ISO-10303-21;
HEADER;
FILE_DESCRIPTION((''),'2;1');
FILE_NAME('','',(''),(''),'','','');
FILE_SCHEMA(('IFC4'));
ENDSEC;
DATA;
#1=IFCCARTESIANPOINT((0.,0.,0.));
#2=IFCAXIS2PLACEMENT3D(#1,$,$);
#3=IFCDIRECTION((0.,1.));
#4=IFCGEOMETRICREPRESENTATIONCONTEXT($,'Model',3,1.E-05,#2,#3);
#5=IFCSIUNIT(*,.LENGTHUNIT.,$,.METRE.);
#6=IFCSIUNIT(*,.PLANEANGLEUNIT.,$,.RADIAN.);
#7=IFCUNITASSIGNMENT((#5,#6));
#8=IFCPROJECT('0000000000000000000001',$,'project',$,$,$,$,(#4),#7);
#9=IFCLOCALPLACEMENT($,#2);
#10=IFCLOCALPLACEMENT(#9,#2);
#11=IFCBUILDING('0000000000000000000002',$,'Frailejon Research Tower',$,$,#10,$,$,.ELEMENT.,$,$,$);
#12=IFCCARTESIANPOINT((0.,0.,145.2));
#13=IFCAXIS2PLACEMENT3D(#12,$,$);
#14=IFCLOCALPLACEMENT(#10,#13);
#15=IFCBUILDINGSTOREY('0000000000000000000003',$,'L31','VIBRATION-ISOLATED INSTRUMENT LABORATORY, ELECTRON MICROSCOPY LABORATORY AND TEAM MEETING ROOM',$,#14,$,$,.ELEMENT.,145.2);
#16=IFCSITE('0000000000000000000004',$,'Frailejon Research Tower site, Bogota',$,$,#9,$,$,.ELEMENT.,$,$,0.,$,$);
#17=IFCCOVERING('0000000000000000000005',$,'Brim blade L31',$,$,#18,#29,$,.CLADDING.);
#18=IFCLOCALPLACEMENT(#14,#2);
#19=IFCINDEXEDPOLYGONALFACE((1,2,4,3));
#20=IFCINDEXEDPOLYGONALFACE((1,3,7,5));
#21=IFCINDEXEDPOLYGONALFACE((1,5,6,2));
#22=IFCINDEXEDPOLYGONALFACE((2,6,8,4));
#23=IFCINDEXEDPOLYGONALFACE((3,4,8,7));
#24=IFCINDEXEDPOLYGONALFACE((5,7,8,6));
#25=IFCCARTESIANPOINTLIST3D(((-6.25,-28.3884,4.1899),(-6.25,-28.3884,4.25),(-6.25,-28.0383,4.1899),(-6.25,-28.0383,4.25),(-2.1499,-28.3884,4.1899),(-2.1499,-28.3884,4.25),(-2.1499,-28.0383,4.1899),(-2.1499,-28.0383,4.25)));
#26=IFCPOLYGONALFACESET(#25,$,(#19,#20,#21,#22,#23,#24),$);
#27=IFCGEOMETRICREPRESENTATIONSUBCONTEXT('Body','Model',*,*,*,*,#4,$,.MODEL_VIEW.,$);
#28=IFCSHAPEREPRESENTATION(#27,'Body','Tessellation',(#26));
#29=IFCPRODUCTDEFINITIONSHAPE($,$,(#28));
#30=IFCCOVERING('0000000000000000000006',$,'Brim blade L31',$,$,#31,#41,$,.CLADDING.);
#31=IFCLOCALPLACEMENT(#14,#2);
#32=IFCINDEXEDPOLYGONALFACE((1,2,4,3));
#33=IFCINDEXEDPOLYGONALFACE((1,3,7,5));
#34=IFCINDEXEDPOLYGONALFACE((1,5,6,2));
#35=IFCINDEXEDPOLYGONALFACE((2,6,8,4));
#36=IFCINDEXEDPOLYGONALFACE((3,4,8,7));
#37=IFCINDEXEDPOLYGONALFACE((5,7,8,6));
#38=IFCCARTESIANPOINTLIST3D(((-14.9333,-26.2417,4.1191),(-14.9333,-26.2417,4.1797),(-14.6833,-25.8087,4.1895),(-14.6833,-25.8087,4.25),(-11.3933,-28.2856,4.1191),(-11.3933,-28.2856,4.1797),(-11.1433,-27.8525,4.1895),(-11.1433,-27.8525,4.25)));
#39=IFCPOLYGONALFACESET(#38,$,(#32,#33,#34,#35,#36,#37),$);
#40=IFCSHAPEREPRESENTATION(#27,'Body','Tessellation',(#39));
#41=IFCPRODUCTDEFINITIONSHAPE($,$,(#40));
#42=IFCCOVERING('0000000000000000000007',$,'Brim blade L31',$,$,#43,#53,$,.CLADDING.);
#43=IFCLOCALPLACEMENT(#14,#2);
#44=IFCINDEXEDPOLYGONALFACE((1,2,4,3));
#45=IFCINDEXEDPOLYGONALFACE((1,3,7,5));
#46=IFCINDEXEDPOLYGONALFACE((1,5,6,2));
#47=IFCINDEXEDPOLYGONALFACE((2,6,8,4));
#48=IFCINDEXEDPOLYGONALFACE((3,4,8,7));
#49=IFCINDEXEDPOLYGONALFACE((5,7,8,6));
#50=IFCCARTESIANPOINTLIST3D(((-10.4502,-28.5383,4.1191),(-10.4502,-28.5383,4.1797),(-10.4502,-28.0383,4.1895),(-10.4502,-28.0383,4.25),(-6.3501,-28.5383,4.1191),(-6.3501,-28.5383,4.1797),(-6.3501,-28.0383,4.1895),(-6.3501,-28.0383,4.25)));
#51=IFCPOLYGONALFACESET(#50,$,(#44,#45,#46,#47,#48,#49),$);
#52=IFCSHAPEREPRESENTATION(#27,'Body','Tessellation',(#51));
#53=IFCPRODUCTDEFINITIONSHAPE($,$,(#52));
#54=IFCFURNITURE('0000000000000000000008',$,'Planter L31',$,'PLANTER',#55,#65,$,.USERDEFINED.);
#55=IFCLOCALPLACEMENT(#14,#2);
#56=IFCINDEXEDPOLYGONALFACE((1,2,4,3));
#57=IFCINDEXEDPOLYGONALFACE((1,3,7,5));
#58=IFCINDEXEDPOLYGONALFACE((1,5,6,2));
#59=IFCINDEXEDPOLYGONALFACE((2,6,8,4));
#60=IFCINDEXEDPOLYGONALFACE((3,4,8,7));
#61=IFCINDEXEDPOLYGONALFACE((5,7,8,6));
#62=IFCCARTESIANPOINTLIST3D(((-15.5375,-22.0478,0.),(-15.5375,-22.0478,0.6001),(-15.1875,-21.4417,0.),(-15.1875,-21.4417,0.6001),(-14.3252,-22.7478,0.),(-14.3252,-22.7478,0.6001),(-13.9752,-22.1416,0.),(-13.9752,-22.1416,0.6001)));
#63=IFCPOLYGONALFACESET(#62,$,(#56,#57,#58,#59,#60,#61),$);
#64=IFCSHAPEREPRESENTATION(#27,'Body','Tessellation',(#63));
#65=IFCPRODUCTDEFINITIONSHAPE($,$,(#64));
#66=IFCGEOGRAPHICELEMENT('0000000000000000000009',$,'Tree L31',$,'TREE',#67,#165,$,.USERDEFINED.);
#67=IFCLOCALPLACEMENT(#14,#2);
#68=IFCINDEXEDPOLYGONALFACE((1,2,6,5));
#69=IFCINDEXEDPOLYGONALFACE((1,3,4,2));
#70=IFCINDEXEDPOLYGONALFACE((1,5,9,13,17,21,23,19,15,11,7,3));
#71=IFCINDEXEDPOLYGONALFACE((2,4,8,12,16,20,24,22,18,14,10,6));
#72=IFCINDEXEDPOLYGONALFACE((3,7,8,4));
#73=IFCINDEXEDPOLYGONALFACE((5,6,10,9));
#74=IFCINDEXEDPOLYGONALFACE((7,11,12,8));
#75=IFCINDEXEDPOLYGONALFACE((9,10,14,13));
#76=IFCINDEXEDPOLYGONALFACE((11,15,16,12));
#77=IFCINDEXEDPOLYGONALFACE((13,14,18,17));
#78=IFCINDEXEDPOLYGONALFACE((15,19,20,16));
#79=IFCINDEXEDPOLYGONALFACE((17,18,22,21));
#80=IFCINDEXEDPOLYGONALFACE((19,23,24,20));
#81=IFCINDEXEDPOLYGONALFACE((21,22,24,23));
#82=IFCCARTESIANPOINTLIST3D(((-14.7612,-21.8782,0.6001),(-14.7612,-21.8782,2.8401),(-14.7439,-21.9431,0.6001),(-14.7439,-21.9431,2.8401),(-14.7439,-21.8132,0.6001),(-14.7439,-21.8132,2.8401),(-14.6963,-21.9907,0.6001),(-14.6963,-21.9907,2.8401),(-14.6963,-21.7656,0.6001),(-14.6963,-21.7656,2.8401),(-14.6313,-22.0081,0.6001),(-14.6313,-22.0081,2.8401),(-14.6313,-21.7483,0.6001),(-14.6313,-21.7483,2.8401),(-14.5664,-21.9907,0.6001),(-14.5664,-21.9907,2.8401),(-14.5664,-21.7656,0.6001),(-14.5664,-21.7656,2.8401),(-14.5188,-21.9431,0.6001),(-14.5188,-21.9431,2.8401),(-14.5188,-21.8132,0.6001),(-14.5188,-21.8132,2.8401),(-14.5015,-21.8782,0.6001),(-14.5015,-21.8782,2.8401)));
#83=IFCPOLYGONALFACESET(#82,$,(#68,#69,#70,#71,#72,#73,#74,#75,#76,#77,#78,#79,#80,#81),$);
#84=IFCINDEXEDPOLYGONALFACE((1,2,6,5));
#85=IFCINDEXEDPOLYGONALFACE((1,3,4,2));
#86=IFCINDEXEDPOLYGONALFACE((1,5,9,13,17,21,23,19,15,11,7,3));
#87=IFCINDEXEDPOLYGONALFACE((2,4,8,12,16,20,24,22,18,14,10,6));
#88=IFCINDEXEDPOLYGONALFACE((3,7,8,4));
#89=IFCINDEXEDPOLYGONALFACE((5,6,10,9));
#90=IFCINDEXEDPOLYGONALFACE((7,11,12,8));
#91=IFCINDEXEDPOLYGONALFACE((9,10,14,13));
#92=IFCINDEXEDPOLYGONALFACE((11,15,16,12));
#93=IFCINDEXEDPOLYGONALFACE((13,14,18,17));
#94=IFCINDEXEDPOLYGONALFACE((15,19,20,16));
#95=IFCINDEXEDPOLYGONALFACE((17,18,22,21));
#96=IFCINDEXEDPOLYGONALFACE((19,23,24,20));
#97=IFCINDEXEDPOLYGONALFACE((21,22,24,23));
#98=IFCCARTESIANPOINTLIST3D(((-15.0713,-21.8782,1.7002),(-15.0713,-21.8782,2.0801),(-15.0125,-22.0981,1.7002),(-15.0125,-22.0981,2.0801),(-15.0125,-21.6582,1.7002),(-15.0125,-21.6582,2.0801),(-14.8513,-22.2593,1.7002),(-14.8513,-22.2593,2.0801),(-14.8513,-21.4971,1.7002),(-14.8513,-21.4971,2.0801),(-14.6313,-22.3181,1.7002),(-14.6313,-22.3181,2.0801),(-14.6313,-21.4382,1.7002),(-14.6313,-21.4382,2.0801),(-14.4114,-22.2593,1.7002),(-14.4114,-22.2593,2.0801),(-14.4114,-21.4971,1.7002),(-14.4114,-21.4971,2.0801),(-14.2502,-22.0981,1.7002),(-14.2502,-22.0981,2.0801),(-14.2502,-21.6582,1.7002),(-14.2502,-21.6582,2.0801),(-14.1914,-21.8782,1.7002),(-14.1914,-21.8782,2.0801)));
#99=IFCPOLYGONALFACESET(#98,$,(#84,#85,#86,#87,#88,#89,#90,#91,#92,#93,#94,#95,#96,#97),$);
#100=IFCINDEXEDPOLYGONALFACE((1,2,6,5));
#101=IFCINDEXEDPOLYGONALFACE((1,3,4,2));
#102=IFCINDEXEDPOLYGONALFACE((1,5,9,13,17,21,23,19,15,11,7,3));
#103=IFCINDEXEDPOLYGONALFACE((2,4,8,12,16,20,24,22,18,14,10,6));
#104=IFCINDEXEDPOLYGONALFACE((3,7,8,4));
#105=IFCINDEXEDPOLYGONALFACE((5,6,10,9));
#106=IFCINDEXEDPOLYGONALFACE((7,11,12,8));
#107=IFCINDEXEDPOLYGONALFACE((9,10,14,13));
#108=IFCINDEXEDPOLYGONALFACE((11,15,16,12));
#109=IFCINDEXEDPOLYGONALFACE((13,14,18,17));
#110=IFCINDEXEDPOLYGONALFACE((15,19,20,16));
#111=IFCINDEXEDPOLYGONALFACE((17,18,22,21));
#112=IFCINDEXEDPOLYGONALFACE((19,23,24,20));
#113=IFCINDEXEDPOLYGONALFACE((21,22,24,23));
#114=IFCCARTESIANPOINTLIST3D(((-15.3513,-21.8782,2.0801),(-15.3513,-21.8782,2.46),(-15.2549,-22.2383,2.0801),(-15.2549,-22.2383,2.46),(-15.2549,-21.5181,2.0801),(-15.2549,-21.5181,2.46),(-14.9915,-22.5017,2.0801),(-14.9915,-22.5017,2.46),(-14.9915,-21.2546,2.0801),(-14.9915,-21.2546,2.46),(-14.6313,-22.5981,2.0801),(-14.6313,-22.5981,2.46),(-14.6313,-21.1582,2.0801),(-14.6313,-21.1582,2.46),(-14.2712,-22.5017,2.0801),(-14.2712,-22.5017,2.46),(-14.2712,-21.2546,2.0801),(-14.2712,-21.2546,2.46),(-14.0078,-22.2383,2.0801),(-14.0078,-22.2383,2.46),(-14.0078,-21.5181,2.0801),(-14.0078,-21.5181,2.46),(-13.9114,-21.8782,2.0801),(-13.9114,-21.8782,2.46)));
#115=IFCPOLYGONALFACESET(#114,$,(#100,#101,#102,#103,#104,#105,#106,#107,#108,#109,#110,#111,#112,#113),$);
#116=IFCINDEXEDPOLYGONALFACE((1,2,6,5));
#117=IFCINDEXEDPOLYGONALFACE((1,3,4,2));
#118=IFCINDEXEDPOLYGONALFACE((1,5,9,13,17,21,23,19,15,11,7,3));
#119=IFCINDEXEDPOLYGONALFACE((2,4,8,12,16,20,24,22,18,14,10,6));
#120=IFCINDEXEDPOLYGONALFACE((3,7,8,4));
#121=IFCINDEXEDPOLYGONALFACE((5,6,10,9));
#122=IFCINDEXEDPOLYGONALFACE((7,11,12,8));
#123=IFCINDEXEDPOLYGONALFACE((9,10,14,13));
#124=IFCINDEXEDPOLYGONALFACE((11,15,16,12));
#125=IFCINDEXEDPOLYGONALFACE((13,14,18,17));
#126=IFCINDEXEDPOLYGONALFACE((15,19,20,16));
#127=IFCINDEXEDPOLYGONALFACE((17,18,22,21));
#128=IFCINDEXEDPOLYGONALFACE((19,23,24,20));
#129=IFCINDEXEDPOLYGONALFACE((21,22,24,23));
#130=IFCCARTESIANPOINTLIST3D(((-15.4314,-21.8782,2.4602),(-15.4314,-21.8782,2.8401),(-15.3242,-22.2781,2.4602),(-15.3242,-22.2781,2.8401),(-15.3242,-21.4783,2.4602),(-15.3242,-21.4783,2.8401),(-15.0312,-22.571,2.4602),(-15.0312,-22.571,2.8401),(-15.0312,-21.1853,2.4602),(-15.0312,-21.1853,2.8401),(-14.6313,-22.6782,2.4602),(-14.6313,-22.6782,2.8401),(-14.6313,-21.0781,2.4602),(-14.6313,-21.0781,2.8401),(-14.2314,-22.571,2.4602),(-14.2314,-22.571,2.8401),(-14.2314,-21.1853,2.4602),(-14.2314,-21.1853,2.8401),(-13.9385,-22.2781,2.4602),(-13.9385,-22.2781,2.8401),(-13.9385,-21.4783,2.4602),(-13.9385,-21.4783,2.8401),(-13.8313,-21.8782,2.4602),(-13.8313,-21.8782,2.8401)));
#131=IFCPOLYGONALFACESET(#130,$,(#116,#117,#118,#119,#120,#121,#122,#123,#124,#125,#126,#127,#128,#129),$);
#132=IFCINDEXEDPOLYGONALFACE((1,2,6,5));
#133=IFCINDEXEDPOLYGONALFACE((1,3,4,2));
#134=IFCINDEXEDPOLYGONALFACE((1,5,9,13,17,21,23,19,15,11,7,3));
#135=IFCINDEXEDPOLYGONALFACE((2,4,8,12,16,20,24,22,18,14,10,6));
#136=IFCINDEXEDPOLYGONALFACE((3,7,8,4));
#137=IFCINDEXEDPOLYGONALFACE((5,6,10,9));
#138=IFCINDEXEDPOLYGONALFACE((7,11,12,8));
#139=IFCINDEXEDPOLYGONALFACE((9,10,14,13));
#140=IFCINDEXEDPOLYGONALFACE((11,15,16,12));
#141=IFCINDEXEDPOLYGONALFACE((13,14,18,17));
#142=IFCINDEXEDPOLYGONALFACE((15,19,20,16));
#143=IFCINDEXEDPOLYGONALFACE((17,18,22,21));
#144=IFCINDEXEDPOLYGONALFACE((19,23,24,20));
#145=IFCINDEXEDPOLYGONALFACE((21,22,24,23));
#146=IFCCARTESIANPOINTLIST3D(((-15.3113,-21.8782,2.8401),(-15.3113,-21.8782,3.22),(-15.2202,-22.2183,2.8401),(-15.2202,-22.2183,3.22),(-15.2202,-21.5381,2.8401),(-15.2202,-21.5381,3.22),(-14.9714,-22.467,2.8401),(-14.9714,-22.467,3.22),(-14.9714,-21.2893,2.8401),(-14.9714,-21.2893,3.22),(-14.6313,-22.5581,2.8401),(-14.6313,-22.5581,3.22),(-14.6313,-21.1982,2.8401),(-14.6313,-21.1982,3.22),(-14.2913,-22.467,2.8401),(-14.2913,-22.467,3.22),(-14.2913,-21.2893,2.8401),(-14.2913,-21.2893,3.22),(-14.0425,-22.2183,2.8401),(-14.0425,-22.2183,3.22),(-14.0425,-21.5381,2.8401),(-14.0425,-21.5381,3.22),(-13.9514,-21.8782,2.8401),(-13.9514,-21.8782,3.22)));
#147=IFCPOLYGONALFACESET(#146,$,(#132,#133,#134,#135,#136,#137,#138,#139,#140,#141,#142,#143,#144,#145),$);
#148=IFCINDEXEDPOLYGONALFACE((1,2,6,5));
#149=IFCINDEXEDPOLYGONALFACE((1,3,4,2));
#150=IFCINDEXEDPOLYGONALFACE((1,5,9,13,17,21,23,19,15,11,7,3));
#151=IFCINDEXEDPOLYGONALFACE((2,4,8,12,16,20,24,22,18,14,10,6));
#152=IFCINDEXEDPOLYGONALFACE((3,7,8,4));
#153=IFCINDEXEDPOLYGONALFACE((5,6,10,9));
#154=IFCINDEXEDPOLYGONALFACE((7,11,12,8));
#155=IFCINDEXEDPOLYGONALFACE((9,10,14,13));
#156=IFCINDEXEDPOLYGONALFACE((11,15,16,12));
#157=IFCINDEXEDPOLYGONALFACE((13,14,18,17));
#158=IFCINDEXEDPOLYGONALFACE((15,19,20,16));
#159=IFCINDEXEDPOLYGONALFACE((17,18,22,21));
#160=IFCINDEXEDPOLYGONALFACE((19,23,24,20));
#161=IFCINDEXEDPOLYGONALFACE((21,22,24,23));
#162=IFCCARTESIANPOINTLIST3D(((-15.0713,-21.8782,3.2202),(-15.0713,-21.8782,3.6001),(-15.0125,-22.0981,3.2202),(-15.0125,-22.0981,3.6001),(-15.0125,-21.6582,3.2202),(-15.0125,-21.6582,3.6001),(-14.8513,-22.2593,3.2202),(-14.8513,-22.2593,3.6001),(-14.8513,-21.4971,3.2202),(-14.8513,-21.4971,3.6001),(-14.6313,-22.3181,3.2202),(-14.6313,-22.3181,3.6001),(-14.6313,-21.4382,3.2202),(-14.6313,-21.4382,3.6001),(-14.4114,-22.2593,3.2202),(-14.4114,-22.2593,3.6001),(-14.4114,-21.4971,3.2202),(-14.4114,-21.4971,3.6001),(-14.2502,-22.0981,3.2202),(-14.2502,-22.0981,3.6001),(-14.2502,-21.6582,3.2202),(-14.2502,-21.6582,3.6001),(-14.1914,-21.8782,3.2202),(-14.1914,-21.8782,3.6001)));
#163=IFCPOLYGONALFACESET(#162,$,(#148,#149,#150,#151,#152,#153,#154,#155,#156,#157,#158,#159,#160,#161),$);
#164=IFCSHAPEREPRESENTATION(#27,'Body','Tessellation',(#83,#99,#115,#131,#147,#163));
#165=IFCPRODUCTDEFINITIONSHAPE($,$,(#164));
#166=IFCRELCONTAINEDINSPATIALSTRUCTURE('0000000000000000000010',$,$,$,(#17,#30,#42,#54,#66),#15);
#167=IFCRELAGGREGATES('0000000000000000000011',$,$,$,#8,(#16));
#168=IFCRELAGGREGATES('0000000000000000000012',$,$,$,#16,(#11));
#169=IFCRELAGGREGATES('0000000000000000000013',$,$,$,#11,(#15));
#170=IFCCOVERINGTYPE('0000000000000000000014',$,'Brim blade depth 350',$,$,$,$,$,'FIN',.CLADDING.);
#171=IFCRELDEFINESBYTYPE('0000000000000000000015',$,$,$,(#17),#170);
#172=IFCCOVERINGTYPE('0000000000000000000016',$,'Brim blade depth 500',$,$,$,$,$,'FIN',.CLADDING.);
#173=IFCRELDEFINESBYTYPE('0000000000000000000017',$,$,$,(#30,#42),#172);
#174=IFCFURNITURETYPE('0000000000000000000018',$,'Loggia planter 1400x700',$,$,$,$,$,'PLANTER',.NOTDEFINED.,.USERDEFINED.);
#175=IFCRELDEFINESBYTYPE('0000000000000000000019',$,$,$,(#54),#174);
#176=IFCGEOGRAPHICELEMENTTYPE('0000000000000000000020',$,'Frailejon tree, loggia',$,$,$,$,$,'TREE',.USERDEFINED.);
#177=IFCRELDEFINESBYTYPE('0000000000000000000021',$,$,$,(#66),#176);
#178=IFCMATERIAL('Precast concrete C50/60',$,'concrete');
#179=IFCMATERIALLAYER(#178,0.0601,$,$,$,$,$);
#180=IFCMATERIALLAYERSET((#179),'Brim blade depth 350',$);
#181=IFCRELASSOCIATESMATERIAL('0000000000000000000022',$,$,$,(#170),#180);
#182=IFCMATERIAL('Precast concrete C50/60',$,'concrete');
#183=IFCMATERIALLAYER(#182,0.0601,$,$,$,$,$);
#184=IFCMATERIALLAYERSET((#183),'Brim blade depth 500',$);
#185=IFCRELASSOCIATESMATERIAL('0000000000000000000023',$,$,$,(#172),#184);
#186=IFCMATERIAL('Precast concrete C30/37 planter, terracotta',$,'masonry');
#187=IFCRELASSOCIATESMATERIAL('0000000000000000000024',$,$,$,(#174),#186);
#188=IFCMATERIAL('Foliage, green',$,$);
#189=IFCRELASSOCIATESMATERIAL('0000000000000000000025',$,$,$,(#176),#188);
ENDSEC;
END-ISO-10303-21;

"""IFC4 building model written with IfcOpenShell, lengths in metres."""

from ifc_helpers import new_model, si_unit, direction, frame, origin, origin_2d, place, context, subcontext, project, spatial, polyline, rectangle, outline, extrude, material, layer, layer_set, type_object, element, save


model = new_model("IFC4")

# Units and contexts
model_context = context("Model", 3, precision=1e-05, world=origin(), true_north=direction((0.0, 1.0)))
body_context = subcontext(model_context, "Body", "Model", "MODEL_VIEW")
ifc_project = project(units=[si_unit("LENGTHUNIT", "METRE"), si_unit("PLANEANGLEUNIT", "RADIAN")], contexts=[model_context])

# Site, building, storey
site_placement = place(None, origin())
site = spatial("IfcSite", under=ifc_project, at=site_placement, Name="Frailejon Research Tower site, Bogota", CompositionType="ELEMENT", RefElevation=0.0)
building_placement = place(site_placement, origin())
building = spatial("IfcBuilding", under=site, at=building_placement, Name="Frailejon Research Tower", CompositionType="ELEMENT")
storey_placement = place(building_placement, frame((0.0, 0.0, 145.2)))
storey = spatial("IfcBuildingStorey", under=building, at=storey_placement, Name="L31", Description="VIBRATION-ISOLATED INSTRUMENT LABORATORY, ELECTRON MICROSCOPY LABORATORY AND TEAM MEETING ROOM", CompositionType="ELEMENT", Elevation=145.2)

# Coverings
ifc_material_1 = material(Name="Precast concrete C50/60", Category="concrete")
ifc_layer_1 = layer(ifc_material_1, 0.0601)
ifc_layer_set_1 = layer_set([ifc_layer_1], Name="Brim blade depth 350")
covering_type_1 = type_object("IfcCoveringType", Name="Brim blade depth 350", ElementType="FIN", PredefinedType="CLADDING", material=ifc_layer_set_1)
covering_1_placement = place(storey_placement, frame((-2.1499, -28.0383, 4.25), z_axis=(-1.0, 0.0, 0.0), x_axis=(0.0, -1.0, 0.0)))
element("IfcCovering", 1, at=covering_1_placement, inside=storey, type_object=covering_type_1, Name="Brim blade L31", PredefinedType="CLADDING", context=body_context, shape_type="SweptSolid", body=[
    extrude(outline(polyline([(0.0, -0.0601), (0.3501, -0.0601), (0.3501, 0.0), (0.0, 0.0), (0.0, -0.0601)])), origin(), (0.0, 0.0, 1.0), 4.1001),
])
ifc_material_2 = material(Name="Precast concrete C50/60", Category="concrete")
ifc_layer_2 = layer(ifc_material_2, 0.0601)
ifc_layer_set_2 = layer_set([ifc_layer_2], Name="Brim blade depth 500")
covering_type_2 = type_object("IfcCoveringType", Name="Brim blade depth 500", ElementType="FIN", PredefinedType="CLADDING", material=ifc_layer_set_2)
covering_2_placement = place(storey_placement, frame((-11.1433, -27.8525, 4.25), z_axis=(-0.866027, 0.499997, 0.0), x_axis=(-0.499997, -0.866027, 0.0)))
element("IfcCovering", 2, at=covering_2_placement, inside=storey, type_object=covering_type_2, Name="Brim blade L31", PredefinedType="CLADDING", context=body_context, shape_type="SweptSolid", body=[
    extrude(outline(polyline([(0.0, -0.0605), (0.5, -0.1309), (0.5, -0.0703), (0.0, 0.0), (0.0, -0.0605)])), origin(), (0.0, 0.0, 1.0), 4.0876),
])
covering_3_placement = place(storey_placement, frame((-6.3501, -28.0383, 4.25), z_axis=(-1.0, 0.0, 0.0), x_axis=(0.0, -1.0, 0.0)))
element("IfcCovering", 3, at=covering_3_placement, inside=storey, type_object=covering_type_2, Name="Brim blade L31", PredefinedType="CLADDING", context=body_context, shape_type="SweptSolid", body=[
    extrude(outline(polyline([(0.0, -0.0605), (0.5, -0.1309), (0.5, -0.0703), (0.0, 0.0), (0.0, -0.0605)])), origin(), (0.0, 0.0, 1.0), 4.1001),
])

# Furniture
ifc_material_3 = material(Name="Precast concrete C30/37 planter, terracotta", Category="masonry")
furniture_type = type_object("IfcFurnitureType", Name="Loggia planter 1400x700", ElementType="PLANTER", AssemblyPlace="NOTDEFINED", PredefinedType="USERDEFINED", material=ifc_material_3)
furniture_placement = place(storey_placement, frame((-14.7563, -22.0947, 0.0), z_axis=(0.0, 0.0, 1.0), x_axis=(0.866025, -0.5, 0.0)))
element("IfcFurniture", 4, at=furniture_placement, inside=storey, type_object=furniture_type, Name="Planter L31", ObjectType="PLANTER", PredefinedType="USERDEFINED", context=body_context, shape_type="SweptSolid", body=[
    extrude(rectangle(XDim=1.3999, YDim=0.7, at=origin_2d()), origin(), (0.0, 0.0, 1.0), 0.6001),
])

# Geographic element
ifc_material_4 = material(Name="Foliage, green")
geographic_element_type = type_object("IfcGeographicElementType", Name="Frailejon tree, loggia", ElementType="TREE", PredefinedType="USERDEFINED", material=ifc_material_4)
geographic_element_placement = place(storey_placement, frame((-14.6313, -21.8782, 0.6001)))
element("IfcGeographicElement", 5, at=geographic_element_placement, inside=storey, type_object=geographic_element_type, Name="Tree L31", ObjectType="TREE", PredefinedType="USERDEFINED", context=body_context, shape_type="SweptSolid", body=[
    extrude(outline(polyline([(0.1299, 0.0), (0.1125, 0.0649), (0.0649, 0.1125), (0.0, 0.1299), (-0.0649, 0.1125), (-0.1125, 0.0649), (-0.1299, 0.0), (-0.1125, -0.0649), (-0.0649, -0.1125), (0.0, -0.1299), (0.0649, -0.1125), (0.1125, -0.0649), (0.1299, 0.0)])), origin(), (0.0, 0.0, 1.0), 2.24),
    extrude(outline(polyline([(0.4399, 0.0), (0.3811, 0.22), (0.22, 0.3811), (0.0, 0.4399), (-0.22, 0.3811), (-0.3811, 0.22), (-0.4399, 0.0), (-0.3811, -0.22), (-0.22, -0.3811), (0.0, -0.4399), (0.22, -0.3811), (0.3811, -0.22), (0.4399, 0.0)])), frame((0.0, 0.0, 1.1001)), (0.0, 0.0, 1.0), 0.3799),
    extrude(outline(polyline([(0.72, 0.0), (0.6235, 0.3601), (0.3601, 0.6235), (0.0, 0.72), (-0.3601, 0.6235), (-0.6235, 0.3601), (-0.72, 0.0), (-0.6235, -0.3601), (-0.3601, -0.6235), (0.0, -0.72), (0.3601, -0.6235), (0.6235, -0.3601), (0.72, 0.0)])), frame((0.0, 0.0, 1.48)), (0.0, 0.0, 1.0), 0.3799),
    extrude(outline(polyline([(0.8, 0.0), (0.6929, 0.3999), (0.3999, 0.6929), (0.0, 0.8), (-0.3999, 0.6929), (-0.6929, 0.3999), (-0.8, 0.0), (-0.6929, -0.3999), (-0.3999, -0.6929), (0.0, -0.8), (0.3999, -0.6929), (0.6929, -0.3999), (0.8, 0.0)])), frame((0.0, 0.0, 1.8601)), (0.0, 0.0, 1.0), 0.3799),
    extrude(outline(polyline([(0.6799, 0.0), (0.5889, 0.3401), (0.3401, 0.5889), (0.0, 0.6799), (-0.3401, 0.5889), (-0.5889, 0.3401), (-0.6799, 0.0), (-0.5889, -0.3401), (-0.3401, -0.5889), (0.0, -0.6799), (0.3401, -0.5889), (0.5889, -0.3401), (0.6799, 0.0)])), frame((0.0, 0.0, 2.24)), (0.0, 0.0, 1.0), 0.3799),
    extrude(outline(polyline([(0.4399, 0.0), (0.3811, 0.22), (0.22, 0.3811), (0.0, 0.4399), (-0.22, 0.3811), (-0.3811, 0.22), (-0.4399, 0.0), (-0.3811, -0.22), (-0.22, -0.3811), (0.0, -0.4399), (0.22, -0.3811), (0.3811, -0.22), (0.4399, 0.0)])), frame((0.0, 0.0, 2.6201)), (0.0, 0.0, 1.0), 0.3799),
])

save(model, "model.ifc")
